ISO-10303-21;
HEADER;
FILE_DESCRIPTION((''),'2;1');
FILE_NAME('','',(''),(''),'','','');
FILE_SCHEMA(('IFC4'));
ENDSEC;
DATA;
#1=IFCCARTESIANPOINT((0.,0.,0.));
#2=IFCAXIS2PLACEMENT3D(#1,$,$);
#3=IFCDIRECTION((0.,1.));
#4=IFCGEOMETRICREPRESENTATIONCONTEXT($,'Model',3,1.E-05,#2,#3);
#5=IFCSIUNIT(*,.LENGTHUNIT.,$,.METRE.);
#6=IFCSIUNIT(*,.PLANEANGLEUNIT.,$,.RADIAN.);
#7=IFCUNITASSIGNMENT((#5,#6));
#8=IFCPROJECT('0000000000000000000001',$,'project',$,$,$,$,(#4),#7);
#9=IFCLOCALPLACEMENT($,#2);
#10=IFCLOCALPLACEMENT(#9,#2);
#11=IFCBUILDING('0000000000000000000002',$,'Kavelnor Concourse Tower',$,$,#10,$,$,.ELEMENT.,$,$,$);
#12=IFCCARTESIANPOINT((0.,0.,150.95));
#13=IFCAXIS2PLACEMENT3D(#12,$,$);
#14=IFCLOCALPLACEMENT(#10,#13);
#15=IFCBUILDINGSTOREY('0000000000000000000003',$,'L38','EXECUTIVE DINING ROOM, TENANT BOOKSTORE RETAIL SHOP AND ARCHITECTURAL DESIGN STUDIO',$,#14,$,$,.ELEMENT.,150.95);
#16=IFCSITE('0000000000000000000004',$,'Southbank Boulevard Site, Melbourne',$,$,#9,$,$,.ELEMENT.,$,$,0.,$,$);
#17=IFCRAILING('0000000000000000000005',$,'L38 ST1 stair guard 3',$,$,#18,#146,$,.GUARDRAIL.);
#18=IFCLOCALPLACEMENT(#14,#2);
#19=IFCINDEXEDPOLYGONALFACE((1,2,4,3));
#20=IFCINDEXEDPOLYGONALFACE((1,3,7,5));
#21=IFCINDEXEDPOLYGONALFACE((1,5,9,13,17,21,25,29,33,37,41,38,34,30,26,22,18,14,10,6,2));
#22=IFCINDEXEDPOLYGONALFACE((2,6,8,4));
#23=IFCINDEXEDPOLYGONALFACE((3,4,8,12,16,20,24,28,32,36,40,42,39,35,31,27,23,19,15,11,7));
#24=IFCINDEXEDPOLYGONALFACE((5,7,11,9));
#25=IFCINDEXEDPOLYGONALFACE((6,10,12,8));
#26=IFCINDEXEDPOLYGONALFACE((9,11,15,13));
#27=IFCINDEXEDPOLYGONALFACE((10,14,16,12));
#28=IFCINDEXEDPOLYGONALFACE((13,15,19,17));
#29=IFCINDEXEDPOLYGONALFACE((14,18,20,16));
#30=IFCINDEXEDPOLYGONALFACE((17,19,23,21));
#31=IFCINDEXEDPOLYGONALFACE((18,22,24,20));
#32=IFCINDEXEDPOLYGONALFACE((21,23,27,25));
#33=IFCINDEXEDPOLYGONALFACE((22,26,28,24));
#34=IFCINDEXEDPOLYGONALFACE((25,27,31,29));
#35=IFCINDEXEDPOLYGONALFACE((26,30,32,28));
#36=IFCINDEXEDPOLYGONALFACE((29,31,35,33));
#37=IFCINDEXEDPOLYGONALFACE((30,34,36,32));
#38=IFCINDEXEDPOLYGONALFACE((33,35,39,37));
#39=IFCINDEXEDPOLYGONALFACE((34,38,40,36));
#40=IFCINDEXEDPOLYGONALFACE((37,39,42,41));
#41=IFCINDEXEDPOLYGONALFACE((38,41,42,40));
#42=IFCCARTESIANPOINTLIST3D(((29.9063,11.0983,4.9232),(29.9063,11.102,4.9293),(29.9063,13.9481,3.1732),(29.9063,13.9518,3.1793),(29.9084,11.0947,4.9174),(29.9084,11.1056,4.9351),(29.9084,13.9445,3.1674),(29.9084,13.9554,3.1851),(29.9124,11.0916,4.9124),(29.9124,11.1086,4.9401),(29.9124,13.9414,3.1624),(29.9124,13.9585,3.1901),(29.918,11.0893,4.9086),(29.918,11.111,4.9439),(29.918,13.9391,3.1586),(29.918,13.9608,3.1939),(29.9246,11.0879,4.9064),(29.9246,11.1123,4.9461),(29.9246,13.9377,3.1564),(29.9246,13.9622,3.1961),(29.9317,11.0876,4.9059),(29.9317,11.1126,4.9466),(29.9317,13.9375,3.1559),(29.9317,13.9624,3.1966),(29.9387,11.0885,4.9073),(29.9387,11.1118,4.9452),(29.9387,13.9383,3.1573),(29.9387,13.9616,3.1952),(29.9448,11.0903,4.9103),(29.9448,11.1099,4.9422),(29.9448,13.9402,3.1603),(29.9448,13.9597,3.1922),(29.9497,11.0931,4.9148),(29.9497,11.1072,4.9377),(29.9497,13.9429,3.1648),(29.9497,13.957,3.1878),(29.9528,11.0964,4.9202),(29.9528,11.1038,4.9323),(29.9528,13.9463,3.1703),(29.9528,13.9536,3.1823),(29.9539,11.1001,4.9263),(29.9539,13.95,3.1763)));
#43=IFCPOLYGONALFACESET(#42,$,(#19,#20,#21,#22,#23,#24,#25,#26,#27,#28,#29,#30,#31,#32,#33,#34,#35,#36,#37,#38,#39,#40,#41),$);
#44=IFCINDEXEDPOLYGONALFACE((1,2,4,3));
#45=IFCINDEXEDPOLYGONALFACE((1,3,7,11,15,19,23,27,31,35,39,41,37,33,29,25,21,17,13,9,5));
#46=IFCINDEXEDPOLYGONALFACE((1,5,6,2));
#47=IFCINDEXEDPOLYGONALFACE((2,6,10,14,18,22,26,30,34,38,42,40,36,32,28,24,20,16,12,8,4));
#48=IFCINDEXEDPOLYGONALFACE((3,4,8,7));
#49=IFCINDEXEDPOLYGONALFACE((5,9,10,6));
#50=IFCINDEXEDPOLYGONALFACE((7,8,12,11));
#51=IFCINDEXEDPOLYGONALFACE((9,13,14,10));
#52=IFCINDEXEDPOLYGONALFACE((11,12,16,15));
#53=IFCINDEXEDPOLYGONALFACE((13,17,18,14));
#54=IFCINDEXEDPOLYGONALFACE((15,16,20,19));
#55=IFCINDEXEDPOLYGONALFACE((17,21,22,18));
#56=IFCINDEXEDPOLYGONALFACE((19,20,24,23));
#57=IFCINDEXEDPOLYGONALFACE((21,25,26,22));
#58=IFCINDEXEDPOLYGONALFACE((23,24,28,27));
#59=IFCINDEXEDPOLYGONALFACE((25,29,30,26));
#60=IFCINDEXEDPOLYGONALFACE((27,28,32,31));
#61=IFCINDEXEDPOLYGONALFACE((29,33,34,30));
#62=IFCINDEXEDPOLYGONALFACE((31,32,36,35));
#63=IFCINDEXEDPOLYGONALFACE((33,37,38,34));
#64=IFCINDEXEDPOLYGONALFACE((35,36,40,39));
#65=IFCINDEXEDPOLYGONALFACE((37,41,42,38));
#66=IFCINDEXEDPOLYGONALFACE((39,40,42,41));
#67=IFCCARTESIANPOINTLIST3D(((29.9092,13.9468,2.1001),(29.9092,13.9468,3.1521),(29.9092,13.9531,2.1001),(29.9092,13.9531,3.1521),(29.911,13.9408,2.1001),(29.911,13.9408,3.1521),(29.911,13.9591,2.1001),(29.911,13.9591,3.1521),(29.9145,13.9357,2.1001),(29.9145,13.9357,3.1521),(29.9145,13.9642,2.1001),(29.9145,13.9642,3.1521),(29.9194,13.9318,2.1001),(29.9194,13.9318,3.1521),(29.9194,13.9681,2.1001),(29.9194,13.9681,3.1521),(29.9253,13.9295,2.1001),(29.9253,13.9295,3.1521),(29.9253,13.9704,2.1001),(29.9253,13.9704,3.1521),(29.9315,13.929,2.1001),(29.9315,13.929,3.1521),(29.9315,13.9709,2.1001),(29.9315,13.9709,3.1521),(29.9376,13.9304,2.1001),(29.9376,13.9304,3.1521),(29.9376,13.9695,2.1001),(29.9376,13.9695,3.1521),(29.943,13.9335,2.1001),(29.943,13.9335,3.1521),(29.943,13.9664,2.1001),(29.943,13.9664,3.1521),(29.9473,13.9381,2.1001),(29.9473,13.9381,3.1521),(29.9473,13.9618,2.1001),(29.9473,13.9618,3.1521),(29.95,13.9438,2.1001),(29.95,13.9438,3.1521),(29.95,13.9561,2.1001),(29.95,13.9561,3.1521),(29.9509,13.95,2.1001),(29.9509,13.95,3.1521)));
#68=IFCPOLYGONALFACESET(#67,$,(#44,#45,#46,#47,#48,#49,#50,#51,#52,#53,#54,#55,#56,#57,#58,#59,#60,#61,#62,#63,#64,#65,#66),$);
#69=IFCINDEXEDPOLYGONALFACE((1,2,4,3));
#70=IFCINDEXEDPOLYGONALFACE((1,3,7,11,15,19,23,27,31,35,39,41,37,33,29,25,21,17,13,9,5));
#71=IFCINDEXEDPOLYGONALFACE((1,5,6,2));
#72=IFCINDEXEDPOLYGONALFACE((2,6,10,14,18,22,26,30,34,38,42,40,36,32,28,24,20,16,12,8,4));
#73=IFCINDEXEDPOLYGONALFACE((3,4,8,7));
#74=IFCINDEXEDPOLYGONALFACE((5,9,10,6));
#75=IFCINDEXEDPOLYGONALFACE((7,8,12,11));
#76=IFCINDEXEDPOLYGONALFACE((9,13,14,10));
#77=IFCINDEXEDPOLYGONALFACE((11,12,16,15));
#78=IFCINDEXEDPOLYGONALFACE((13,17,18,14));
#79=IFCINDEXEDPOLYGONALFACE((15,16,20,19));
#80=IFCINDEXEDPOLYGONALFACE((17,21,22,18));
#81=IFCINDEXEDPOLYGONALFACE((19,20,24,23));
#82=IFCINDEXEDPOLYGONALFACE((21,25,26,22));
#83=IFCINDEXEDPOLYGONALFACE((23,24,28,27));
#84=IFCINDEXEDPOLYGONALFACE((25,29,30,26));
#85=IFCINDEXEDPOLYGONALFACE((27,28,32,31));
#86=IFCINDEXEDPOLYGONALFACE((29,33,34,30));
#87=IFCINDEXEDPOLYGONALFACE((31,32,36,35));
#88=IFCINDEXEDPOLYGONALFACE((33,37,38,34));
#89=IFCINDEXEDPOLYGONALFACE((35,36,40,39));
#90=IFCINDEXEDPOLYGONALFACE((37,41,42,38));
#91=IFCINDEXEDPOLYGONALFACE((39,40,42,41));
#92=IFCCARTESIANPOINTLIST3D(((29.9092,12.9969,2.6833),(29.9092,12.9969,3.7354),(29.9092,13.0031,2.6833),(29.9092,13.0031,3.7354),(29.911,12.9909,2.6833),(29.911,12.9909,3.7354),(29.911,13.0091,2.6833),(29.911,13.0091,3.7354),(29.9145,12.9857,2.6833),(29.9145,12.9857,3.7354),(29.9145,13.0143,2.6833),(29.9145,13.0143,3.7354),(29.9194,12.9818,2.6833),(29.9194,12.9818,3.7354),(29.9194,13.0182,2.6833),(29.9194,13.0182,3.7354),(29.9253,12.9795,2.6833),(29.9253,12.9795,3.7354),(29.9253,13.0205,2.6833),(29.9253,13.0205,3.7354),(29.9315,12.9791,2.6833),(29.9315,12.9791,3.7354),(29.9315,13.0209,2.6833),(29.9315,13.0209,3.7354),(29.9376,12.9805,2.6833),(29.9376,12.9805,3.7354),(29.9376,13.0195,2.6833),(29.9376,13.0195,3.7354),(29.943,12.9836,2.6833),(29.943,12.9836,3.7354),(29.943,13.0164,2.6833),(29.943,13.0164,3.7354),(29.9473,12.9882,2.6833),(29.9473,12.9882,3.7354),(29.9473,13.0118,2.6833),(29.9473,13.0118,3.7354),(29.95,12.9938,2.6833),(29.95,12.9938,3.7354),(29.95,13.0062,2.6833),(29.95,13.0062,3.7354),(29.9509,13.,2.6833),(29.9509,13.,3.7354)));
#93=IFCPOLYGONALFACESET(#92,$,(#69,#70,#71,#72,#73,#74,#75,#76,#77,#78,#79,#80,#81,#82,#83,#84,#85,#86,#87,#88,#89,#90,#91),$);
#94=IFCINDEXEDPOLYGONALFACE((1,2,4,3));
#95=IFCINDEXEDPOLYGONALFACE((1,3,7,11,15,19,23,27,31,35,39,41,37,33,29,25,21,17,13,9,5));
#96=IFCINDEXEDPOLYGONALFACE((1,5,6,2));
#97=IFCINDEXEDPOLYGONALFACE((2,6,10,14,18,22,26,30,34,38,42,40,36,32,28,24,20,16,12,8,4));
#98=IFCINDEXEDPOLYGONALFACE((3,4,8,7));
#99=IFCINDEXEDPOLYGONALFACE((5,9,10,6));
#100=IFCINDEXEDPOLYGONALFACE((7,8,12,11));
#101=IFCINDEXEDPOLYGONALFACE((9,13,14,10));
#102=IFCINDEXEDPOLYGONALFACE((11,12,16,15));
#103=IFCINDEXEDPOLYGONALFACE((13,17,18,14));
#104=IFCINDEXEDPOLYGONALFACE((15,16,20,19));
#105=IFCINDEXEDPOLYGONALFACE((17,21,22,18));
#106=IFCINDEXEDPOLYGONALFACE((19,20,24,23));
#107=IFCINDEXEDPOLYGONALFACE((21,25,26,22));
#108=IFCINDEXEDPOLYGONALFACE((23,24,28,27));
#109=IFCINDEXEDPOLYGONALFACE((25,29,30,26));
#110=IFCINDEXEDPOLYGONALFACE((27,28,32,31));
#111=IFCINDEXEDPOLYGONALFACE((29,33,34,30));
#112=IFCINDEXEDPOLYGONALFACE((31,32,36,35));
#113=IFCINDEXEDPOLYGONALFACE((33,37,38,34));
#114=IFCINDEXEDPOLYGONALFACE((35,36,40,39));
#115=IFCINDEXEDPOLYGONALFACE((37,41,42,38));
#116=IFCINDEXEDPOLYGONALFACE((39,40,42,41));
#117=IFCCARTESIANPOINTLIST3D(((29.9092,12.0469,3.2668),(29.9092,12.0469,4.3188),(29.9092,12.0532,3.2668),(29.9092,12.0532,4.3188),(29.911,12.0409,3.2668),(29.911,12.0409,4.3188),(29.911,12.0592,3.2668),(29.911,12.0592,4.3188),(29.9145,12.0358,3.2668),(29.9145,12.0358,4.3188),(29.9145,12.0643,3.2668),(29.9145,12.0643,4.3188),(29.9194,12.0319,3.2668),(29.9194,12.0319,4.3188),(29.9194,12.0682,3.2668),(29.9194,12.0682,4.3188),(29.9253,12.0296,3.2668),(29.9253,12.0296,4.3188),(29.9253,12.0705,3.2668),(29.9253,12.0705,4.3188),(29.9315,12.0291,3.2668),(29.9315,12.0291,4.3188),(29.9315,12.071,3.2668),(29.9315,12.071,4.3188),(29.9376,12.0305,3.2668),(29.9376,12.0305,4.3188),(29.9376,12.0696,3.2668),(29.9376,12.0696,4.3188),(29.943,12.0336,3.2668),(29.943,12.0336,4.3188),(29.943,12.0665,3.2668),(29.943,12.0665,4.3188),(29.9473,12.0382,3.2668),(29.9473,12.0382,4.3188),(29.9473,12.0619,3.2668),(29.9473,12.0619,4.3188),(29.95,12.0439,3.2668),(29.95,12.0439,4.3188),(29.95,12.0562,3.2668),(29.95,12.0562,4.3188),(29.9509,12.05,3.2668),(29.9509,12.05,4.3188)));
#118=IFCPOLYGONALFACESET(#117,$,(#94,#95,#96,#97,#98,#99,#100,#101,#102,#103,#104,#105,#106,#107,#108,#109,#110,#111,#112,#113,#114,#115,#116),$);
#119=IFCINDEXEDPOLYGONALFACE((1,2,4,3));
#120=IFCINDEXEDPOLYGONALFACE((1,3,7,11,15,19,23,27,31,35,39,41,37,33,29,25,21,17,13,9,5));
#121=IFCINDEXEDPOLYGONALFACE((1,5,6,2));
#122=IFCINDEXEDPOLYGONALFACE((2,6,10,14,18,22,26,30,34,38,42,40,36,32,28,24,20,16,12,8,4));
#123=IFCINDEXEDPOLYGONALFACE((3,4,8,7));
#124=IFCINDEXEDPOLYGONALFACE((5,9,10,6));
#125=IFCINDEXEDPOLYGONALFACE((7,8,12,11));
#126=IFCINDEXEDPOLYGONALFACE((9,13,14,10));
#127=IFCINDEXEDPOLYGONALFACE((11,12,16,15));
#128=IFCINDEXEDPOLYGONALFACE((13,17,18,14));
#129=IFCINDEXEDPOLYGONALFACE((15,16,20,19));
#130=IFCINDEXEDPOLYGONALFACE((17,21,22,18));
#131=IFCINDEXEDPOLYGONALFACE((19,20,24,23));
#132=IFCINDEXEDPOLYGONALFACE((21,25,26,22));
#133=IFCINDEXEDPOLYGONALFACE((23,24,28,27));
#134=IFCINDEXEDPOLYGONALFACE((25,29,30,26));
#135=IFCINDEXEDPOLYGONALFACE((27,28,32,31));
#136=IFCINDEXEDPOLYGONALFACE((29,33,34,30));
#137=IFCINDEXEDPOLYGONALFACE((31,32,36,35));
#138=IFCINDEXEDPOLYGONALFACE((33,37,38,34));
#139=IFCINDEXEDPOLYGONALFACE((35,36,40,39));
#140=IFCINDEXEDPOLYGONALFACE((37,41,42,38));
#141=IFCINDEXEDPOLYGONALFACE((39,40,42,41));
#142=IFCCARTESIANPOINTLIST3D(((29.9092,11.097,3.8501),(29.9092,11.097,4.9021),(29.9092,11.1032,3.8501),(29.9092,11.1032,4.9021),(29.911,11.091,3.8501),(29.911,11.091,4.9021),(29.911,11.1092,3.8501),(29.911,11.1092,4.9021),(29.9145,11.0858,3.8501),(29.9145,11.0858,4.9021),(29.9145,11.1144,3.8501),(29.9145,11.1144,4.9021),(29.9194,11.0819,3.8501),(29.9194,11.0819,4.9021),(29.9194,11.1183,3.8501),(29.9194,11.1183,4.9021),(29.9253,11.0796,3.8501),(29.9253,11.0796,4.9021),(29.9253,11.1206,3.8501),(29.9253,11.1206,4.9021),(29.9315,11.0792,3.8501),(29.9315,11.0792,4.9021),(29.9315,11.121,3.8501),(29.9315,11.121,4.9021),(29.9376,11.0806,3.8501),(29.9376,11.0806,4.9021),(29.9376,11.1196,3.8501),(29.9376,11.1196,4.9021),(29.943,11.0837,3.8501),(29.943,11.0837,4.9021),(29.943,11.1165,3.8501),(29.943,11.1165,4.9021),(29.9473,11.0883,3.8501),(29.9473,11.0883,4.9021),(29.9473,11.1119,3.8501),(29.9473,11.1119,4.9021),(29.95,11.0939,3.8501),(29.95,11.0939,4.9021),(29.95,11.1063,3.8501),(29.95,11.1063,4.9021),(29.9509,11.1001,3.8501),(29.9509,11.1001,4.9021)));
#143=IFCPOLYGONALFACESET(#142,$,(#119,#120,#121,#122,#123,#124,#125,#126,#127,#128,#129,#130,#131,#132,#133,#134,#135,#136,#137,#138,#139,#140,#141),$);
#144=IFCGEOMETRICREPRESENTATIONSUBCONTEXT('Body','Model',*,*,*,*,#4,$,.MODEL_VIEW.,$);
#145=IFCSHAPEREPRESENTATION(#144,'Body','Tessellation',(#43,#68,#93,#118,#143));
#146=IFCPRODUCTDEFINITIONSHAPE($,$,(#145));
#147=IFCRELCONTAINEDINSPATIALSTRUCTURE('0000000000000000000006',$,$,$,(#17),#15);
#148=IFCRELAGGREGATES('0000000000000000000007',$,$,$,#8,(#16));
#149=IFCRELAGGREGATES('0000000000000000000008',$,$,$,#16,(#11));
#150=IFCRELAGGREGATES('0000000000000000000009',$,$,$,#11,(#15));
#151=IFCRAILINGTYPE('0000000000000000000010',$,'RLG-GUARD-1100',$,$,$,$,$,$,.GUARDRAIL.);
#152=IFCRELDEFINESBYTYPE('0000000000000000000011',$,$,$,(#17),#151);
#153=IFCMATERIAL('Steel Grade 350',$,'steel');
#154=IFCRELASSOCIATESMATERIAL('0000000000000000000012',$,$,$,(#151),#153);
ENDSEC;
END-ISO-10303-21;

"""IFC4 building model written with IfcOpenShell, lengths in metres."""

from ifc_helpers import new_model, si_unit, direction, frame, origin, origin_2d, place, context, subcontext, project, spatial, circle, extrude, material, type_object, element, save


model = new_model("IFC4")

# Units and contexts
model_context = context("Model", 3, precision=1e-05, world=origin(), true_north=direction((0.0, 1.0)))
body_context = subcontext(model_context, "Body", "Model", "MODEL_VIEW")
ifc_project = project(units=[si_unit("LENGTHUNIT", "METRE"), si_unit("PLANEANGLEUNIT", "RADIAN")], contexts=[model_context])

# Site, building, storey
site_placement = place(None, origin())
site = spatial("IfcSite", under=ifc_project, at=site_placement, Name="Southbank Boulevard Site, Melbourne", CompositionType="ELEMENT", RefElevation=0.0)
building_placement = place(site_placement, origin())
building = spatial("IfcBuilding", under=site, at=building_placement, Name="Kavelnor Concourse Tower", CompositionType="ELEMENT")
storey_placement = place(building_placement, frame((0.0, 0.0, 150.95)))
storey = spatial("IfcBuildingStorey", under=building, at=storey_placement, Name="L38", Description="EXECUTIVE DINING ROOM, TENANT BOOKSTORE RETAIL SHOP AND ARCHITECTURAL DESIGN STUDIO", CompositionType="ELEMENT", Elevation=150.95)

# Shared definitions
ifc_material_1 = material(Name="Steel Grade 350", Category="steel")

# Railing
railing_type_1 = type_object("IfcRailingType", Name="RLG-GUARD-1100", PredefinedType="GUARDRAIL", material=ifc_material_1)
railing_1_placement = place(storey_placement, frame((29.9299, 13.95, 2.1001)))
element("IfcRailing", 1, at=railing_1_placement, inside=storey, type_object=railing_type_1, Name="L38 ST1 stair guard 3", PredefinedType="GUARDRAIL", context=body_context, shape_type="SweptSolid", body=[
    extrude(circle(Radius=0.0239, at=origin_2d()), frame((0.0, 0.0, 1.0762), z_axis=(0.0, -0.852159, 0.523283), x_axis=(1.0, 0.0, 0.0)), (0.0, 0.0, 1.0), 3.3442),
    extrude(circle(Radius=0.021, at=origin_2d()), origin(), (0.0, 0.0, 1.0), 1.052),
    extrude(circle(Radius=0.021, at=origin_2d()), frame((0.0, -0.95, 0.5833)), (0.0, 0.0, 1.0), 1.052),
    extrude(circle(Radius=0.021, at=origin_2d()), frame((0.0, -1.8999, 1.1667)), (0.0, 0.0, 1.0), 1.052),
    extrude(circle(Radius=0.021, at=origin_2d()), frame((0.0, -2.8499, 1.75)), (0.0, 0.0, 1.0), 1.052),
])

save(model, "model.ifc")
